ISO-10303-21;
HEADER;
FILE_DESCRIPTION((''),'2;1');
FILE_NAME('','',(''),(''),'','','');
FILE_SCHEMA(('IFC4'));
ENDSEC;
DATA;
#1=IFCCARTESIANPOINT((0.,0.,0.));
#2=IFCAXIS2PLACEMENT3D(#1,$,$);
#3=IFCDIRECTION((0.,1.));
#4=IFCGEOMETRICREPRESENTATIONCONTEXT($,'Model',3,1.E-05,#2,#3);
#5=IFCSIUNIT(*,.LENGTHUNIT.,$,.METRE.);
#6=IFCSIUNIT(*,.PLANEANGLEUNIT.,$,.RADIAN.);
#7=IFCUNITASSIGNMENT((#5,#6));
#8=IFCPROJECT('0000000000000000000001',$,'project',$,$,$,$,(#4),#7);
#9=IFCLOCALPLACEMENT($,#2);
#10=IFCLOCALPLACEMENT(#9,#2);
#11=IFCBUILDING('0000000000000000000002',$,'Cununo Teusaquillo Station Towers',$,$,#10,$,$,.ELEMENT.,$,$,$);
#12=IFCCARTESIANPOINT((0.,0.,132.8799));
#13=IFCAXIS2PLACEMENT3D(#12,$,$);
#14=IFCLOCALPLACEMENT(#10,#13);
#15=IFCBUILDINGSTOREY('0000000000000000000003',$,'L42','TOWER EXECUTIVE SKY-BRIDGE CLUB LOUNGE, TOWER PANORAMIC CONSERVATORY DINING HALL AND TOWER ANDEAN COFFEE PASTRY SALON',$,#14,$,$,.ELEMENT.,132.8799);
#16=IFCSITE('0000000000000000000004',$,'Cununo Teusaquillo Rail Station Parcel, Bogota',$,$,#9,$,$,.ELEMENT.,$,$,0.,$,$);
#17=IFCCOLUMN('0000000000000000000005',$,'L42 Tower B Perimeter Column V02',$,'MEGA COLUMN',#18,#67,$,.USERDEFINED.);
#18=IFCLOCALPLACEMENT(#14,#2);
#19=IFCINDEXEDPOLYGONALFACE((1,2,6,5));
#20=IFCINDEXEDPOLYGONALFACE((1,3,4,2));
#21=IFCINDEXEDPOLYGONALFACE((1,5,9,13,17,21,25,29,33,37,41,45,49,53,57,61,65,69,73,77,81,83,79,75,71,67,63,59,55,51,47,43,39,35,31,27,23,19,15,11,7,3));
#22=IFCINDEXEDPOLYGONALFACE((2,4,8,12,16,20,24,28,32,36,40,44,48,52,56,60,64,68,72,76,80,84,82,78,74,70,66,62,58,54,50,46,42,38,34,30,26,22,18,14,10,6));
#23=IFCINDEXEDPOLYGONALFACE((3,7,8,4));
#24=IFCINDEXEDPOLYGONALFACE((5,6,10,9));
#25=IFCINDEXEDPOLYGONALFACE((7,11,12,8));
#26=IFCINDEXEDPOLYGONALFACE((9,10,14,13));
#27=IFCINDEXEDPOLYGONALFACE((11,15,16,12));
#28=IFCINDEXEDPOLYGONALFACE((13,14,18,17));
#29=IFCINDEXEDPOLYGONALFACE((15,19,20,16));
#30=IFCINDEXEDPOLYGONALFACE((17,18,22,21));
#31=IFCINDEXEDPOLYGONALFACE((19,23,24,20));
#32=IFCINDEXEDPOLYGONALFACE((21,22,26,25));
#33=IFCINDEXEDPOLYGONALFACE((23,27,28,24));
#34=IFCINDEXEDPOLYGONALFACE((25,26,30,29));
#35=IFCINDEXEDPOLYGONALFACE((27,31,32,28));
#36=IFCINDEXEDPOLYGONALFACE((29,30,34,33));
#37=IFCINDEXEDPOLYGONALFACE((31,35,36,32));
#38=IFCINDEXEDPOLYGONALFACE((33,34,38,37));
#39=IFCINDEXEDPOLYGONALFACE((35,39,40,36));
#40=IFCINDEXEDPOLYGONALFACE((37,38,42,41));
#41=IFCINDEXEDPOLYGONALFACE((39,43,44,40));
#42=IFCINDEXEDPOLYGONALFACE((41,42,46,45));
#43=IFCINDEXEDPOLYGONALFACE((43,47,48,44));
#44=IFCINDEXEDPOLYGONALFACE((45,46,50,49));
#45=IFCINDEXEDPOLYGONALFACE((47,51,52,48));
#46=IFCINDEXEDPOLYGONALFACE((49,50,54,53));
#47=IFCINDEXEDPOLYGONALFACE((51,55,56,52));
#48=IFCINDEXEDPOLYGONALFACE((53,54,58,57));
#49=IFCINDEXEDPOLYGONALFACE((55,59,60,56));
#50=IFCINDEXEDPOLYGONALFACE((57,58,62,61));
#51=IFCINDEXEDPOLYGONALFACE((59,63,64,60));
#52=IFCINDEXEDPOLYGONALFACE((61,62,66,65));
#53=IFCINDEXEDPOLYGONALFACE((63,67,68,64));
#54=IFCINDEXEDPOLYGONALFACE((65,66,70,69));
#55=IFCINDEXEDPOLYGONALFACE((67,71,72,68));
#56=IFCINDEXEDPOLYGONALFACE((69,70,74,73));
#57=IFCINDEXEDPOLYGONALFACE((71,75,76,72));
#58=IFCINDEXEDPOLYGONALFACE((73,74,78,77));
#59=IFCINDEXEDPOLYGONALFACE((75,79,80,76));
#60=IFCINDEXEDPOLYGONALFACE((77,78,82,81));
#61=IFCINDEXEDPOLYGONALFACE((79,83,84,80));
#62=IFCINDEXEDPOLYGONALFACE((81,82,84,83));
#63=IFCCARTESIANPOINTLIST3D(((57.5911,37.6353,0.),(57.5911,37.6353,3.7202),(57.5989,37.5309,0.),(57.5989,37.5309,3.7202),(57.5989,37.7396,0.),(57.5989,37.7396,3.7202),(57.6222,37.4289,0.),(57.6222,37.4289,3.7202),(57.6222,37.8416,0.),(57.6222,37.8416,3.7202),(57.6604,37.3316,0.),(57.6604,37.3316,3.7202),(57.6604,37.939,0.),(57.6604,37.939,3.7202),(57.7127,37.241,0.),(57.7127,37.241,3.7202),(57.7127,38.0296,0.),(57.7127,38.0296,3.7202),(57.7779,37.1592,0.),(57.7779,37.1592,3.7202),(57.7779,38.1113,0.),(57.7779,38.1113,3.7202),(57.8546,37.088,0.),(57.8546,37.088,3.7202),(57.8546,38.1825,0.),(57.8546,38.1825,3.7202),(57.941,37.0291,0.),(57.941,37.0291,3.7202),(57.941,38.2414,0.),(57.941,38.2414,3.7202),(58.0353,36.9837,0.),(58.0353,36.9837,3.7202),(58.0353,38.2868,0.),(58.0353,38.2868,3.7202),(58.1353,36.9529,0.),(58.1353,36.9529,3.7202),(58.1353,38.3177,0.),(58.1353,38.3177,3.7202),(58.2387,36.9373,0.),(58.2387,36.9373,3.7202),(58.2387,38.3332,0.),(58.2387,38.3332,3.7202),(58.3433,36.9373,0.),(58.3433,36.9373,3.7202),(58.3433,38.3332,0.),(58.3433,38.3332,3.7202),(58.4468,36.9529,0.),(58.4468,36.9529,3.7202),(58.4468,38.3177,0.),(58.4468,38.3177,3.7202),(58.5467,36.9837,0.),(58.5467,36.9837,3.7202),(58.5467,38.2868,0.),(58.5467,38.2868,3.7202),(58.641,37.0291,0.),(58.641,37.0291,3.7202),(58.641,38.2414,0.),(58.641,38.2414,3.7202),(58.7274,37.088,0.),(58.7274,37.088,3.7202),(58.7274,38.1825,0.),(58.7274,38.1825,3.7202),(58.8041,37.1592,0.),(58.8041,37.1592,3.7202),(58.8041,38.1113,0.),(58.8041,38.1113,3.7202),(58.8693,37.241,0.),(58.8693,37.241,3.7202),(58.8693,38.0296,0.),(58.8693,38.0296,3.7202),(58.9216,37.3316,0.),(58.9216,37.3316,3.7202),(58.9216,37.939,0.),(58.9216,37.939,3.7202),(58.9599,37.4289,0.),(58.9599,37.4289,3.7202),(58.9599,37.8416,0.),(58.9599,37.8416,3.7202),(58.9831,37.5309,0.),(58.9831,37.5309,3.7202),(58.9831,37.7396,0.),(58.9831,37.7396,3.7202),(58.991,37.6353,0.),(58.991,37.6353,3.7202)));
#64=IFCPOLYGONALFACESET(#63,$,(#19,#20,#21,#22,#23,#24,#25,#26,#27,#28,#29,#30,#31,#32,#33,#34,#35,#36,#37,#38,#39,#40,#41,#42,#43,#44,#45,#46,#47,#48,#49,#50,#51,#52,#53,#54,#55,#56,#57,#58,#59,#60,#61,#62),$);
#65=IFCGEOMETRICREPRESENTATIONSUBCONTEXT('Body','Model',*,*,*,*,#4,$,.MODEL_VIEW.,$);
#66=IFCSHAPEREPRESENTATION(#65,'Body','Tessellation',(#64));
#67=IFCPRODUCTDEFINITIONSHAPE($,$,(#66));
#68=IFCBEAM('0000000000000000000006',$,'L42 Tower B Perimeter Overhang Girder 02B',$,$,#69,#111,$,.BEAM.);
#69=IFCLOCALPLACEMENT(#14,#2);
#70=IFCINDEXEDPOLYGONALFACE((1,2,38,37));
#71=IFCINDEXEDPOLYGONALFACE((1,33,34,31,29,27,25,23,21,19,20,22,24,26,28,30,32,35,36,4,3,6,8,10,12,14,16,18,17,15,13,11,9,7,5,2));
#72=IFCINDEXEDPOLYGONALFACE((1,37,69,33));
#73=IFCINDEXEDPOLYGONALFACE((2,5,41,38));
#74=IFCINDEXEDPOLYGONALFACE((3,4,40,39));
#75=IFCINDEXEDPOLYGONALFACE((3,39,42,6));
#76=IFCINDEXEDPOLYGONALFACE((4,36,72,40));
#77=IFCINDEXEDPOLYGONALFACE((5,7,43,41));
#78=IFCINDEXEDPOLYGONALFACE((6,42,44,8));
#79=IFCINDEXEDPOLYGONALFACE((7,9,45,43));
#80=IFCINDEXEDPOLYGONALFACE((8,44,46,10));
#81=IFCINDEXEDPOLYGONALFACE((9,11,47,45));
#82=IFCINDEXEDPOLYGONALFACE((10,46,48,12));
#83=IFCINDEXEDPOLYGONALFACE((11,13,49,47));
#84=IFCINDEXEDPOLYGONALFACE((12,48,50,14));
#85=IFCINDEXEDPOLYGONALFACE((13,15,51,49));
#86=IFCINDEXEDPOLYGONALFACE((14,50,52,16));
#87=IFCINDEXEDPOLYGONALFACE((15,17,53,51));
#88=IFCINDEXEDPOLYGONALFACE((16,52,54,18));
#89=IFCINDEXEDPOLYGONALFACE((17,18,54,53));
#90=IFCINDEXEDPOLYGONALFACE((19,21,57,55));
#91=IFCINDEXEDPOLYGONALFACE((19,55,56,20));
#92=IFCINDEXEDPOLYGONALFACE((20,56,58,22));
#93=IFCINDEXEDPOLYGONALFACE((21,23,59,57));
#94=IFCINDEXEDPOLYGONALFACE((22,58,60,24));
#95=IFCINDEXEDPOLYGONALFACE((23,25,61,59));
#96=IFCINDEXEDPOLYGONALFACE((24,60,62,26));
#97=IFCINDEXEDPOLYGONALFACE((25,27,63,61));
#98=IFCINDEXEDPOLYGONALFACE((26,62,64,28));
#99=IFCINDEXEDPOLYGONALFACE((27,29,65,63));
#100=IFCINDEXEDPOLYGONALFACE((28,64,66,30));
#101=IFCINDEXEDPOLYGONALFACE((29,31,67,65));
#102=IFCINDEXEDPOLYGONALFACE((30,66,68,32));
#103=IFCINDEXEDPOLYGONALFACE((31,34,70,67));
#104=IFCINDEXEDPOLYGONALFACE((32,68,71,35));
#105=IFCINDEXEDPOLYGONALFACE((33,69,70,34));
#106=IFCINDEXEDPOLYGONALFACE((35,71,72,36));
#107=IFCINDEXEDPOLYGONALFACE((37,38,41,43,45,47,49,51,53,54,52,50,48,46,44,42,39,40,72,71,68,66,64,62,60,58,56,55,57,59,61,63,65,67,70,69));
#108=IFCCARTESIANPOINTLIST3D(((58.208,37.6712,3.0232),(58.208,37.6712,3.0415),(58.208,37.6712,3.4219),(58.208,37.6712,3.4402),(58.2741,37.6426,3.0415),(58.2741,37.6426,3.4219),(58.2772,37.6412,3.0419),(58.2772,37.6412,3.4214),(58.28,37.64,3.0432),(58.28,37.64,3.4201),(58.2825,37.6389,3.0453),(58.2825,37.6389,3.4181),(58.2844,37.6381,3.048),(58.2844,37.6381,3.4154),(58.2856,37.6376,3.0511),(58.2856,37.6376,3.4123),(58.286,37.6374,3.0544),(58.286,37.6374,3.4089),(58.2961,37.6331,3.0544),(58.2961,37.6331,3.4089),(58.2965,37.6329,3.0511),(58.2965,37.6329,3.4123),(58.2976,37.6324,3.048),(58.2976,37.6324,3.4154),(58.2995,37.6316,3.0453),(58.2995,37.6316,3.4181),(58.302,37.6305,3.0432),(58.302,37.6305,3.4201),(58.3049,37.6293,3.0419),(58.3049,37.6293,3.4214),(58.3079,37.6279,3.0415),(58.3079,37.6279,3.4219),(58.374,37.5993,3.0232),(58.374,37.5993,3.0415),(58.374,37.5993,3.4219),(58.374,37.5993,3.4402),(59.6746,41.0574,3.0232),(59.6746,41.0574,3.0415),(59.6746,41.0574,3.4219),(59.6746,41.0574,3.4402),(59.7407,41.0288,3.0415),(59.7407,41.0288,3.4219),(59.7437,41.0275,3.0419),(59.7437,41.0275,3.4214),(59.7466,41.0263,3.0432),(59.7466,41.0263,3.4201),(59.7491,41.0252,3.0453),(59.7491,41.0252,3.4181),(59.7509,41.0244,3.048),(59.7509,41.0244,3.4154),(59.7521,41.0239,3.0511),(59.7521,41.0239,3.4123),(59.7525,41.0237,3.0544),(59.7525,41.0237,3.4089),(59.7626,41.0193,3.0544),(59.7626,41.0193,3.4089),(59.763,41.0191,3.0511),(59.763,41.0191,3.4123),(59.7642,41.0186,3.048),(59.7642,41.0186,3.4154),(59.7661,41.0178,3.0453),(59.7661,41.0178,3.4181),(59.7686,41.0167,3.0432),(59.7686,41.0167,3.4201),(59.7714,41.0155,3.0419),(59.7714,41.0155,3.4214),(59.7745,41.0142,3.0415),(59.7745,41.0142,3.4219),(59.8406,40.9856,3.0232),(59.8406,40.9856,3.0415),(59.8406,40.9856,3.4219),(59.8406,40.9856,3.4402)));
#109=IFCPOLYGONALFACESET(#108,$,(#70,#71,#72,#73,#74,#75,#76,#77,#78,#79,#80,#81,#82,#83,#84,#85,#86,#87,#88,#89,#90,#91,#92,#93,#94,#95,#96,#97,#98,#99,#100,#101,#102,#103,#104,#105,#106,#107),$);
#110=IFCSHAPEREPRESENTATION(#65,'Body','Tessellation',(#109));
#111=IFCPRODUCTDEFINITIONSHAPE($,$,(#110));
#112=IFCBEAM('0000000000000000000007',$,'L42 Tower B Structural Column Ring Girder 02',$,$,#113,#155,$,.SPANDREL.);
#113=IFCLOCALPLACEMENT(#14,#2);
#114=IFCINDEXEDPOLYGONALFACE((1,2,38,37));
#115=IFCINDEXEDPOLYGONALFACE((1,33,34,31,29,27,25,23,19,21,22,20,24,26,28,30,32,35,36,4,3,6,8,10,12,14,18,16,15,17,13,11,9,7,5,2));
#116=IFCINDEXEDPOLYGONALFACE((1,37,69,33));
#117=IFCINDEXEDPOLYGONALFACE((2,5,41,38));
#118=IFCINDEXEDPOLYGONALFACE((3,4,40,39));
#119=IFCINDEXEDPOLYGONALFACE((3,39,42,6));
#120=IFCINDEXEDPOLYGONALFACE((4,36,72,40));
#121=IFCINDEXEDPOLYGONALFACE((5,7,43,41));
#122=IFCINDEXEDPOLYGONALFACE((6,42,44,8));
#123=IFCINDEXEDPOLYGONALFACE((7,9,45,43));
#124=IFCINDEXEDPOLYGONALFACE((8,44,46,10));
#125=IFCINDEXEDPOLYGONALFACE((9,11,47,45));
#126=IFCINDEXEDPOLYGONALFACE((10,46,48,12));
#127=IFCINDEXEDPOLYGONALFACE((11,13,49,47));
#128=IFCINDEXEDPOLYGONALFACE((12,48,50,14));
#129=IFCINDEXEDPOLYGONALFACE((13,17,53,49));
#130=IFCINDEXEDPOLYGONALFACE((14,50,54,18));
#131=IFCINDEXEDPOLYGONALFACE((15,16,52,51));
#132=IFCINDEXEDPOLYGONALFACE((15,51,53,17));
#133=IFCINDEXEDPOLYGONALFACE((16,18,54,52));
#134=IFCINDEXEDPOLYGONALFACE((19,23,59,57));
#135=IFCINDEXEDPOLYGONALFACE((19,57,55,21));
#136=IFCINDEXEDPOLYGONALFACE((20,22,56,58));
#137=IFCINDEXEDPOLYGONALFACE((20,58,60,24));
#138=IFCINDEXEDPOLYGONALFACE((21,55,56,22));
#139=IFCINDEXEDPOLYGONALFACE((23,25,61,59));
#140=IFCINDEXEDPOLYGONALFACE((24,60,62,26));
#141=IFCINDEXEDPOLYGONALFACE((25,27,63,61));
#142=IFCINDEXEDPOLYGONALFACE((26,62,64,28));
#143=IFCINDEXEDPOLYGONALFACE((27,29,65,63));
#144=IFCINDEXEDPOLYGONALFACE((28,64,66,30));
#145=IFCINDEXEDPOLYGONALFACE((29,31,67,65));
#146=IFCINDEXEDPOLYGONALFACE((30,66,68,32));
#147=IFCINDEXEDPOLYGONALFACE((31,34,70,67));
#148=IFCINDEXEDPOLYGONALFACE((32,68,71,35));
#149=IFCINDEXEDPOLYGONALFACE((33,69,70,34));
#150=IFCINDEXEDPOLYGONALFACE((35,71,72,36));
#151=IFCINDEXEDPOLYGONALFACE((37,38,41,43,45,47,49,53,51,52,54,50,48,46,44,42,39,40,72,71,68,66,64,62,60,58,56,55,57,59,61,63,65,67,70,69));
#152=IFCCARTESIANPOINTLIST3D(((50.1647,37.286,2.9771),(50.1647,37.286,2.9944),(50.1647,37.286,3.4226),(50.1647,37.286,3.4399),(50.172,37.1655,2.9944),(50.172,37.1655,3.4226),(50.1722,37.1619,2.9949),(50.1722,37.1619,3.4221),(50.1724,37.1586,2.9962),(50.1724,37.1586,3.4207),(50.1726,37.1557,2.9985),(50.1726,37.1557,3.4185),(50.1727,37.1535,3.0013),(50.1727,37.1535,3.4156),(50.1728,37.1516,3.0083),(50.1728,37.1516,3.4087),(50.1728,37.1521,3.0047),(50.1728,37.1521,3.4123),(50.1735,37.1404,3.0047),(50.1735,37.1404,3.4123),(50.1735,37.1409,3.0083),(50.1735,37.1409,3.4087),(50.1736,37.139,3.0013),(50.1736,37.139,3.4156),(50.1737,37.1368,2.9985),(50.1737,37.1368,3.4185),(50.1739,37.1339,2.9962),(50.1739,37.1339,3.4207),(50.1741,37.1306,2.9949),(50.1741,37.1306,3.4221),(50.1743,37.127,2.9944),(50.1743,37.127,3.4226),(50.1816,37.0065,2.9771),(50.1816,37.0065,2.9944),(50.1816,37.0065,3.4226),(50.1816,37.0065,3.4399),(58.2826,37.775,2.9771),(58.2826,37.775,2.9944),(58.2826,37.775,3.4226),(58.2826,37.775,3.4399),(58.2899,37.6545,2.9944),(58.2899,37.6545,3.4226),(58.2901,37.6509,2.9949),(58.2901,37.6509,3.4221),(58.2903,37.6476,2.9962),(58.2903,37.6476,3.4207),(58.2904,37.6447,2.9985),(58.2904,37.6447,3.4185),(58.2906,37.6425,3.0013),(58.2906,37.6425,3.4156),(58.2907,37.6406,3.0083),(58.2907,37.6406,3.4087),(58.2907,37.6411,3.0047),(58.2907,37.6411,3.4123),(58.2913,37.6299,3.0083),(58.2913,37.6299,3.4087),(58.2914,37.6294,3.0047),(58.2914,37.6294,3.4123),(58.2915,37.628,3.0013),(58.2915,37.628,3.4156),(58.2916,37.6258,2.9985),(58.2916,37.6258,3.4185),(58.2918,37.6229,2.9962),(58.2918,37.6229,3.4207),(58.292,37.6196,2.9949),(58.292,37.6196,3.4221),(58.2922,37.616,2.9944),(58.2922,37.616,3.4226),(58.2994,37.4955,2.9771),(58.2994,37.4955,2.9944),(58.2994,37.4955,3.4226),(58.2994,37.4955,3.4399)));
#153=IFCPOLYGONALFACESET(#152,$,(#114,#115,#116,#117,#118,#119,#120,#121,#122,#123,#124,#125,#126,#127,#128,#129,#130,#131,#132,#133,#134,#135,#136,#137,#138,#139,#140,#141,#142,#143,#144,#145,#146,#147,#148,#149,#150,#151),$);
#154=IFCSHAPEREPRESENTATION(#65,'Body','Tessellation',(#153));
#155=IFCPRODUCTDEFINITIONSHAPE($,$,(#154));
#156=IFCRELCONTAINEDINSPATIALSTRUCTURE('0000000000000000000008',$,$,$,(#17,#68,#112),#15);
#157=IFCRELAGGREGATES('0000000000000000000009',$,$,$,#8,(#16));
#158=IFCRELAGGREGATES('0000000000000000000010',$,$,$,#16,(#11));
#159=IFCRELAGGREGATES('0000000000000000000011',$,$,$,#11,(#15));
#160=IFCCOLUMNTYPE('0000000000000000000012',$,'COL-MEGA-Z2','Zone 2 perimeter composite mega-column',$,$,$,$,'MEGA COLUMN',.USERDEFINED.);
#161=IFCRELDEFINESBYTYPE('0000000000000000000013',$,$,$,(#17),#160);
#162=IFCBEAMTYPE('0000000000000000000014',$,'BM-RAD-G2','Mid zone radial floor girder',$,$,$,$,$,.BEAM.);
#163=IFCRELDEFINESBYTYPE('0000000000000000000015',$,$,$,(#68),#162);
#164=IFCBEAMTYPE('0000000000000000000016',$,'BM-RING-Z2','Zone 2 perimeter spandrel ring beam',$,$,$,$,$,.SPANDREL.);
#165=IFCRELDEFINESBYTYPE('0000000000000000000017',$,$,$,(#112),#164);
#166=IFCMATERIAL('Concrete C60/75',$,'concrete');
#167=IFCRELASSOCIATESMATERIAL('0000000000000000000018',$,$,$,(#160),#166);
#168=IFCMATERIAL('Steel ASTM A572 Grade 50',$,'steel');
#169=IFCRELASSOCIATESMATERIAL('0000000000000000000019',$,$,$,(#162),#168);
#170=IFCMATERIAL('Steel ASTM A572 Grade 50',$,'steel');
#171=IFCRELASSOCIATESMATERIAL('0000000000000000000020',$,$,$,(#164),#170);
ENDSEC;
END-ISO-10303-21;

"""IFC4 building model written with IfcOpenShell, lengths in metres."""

from ifc_helpers import new_model, si_unit, direction, frame, origin, origin_2d, place, context, subcontext, project, spatial, circle, i_section, extrude, material, material_profile, profile_set, type_object, element, save


model = new_model("IFC4")

# Units and contexts
model_context = context("Model", 3, precision=1e-05, world=origin(), true_north=direction((0.0, 1.0)))
body_context = subcontext(model_context, "Body", "Model", "MODEL_VIEW")
ifc_project = project(units=[si_unit("LENGTHUNIT", "METRE"), si_unit("PLANEANGLEUNIT", "RADIAN")], contexts=[model_context])

# Site, building, storey
site_placement = place(None, origin())
site = spatial("IfcSite", under=ifc_project, at=site_placement, Name="Cununo Teusaquillo Rail Station Parcel, Bogota", CompositionType="ELEMENT", RefElevation=0.0)
building_placement = place(site_placement, origin())
building = spatial("IfcBuilding", under=site, at=building_placement, Name="Cununo Teusaquillo Station Towers", CompositionType="ELEMENT")
storey_placement = place(building_placement, frame((0.0, 0.0, 132.8799)))
storey = spatial("IfcBuildingStorey", under=building, at=storey_placement, Name="L42", Description="TOWER EXECUTIVE SKY-BRIDGE CLUB LOUNGE, TOWER PANORAMIC CONSERVATORY DINING HALL AND TOWER ANDEAN COFFEE PASTRY SALON", CompositionType="ELEMENT", Elevation=132.8799)

# Column
ifc_material_1 = material(Name="Concrete C60/75", Category="concrete")
ifc_material_profile_1 = material_profile(ifc_material_1, circle(Radius=0.7, at=origin_2d()), Name="RC-CIRC-1400")
ifc_profile_set_1 = profile_set([ifc_material_profile_1], Name="Concrete C60/75")
column_type = type_object("IfcColumnType", Name="COL-MEGA-Z2", Description="Zone 2 perimeter composite mega-column", ElementType="MEGA COLUMN", PredefinedType="USERDEFINED", material=ifc_profile_set_1)
column_placement = place(storey_placement, frame((58.291, 37.6353, 0.0), z_axis=(0.0, 0.0, 1.0), x_axis=(1.0, 0.0, 0.0)))
element("IfcColumn", 1, at=column_placement, inside=storey, type_object=column_type, Name="L42 Tower B Perimeter Column V02", ObjectType="MEGA COLUMN", PredefinedType="USERDEFINED", context=body_context, shape_type="SweptSolid", body=[
    extrude(circle(Radius=0.7, at=origin_2d()), origin(), (0.0, 0.0, 1.0), 3.7202),
])

# Beams
ifc_material_2 = material(Name="Steel ASTM A572 Grade 50", Category="steel")
ifc_material_profile_2 = material_profile(ifc_material_2, i_section(OverallWidth=0.1809, OverallDepth=0.417, WebThickness=0.011, FlangeThickness=0.0183, FilletRadius=0.0129, at=origin_2d()), Name="W16X57")
ifc_profile_set_2 = profile_set([ifc_material_profile_2], Name="Steel ASTM A572 Grade 50")
beam_type_1 = type_object("IfcBeamType", Name="BM-RAD-G2", Description="Mid zone radial floor girder", PredefinedType="BEAM", material=ifc_profile_set_2)
beam_1_placement = place(storey_placement, frame((58.291, 37.6353, 3.2317), z_axis=(0.397422, 0.917636, 0.0), x_axis=(-0.917636, 0.397422, 0.0)))
element("IfcBeam", 2, at=beam_1_placement, inside=storey, type_object=beam_type_1, Name="L42 Tower B Perimeter Overhang Girder 02B", PredefinedType="BEAM", context=body_context, shape_type="SweptSolid", body=[
    extrude(i_section(OverallWidth=0.1809, OverallDepth=0.417, WebThickness=0.011, FlangeThickness=0.0183, FilletRadius=0.0129, at=origin_2d()), origin(), (0.0, 0.0, 1.0), 3.6902),
])
ifc_material_3 = material(Name="Steel ASTM A572 Grade 50", Category="steel")
ifc_material_profile_3 = material_profile(ifc_material_3, i_section(OverallWidth=0.28, OverallDepth=0.4629, WebThickness=0.0107, FlangeThickness=0.0173, FilletRadius=0.0139, at=origin_2d()), Name="W18X76")
ifc_profile_set_3 = profile_set([ifc_material_profile_3], Name="Steel ASTM A572 Grade 50")
beam_type_2 = type_object("IfcBeamType", Name="BM-RING-Z2", Description="Zone 2 perimeter spandrel ring beam", PredefinedType="SPANDREL", material=ifc_profile_set_3)
beam_2_placement = place(storey_placement, frame((58.291, 37.6353, 3.2085), z_axis=(-0.998191, -0.06013, 0.0), x_axis=(0.06013, -0.998191, 0.0)))
element("IfcBeam", 3, at=beam_2_placement, inside=storey, type_object=beam_type_2, Name="L42 Tower B Structural Column Ring Girder 02", PredefinedType="SPANDREL", context=body_context, shape_type="SweptSolid", body=[
    extrude(i_section(OverallWidth=0.28, OverallDepth=0.4629, WebThickness=0.0107, FlangeThickness=0.0173, FilletRadius=0.0139, at=origin_2d()), origin(), (0.0, 0.0, 1.0), 8.1326),
])

save(model, "model.ifc")
